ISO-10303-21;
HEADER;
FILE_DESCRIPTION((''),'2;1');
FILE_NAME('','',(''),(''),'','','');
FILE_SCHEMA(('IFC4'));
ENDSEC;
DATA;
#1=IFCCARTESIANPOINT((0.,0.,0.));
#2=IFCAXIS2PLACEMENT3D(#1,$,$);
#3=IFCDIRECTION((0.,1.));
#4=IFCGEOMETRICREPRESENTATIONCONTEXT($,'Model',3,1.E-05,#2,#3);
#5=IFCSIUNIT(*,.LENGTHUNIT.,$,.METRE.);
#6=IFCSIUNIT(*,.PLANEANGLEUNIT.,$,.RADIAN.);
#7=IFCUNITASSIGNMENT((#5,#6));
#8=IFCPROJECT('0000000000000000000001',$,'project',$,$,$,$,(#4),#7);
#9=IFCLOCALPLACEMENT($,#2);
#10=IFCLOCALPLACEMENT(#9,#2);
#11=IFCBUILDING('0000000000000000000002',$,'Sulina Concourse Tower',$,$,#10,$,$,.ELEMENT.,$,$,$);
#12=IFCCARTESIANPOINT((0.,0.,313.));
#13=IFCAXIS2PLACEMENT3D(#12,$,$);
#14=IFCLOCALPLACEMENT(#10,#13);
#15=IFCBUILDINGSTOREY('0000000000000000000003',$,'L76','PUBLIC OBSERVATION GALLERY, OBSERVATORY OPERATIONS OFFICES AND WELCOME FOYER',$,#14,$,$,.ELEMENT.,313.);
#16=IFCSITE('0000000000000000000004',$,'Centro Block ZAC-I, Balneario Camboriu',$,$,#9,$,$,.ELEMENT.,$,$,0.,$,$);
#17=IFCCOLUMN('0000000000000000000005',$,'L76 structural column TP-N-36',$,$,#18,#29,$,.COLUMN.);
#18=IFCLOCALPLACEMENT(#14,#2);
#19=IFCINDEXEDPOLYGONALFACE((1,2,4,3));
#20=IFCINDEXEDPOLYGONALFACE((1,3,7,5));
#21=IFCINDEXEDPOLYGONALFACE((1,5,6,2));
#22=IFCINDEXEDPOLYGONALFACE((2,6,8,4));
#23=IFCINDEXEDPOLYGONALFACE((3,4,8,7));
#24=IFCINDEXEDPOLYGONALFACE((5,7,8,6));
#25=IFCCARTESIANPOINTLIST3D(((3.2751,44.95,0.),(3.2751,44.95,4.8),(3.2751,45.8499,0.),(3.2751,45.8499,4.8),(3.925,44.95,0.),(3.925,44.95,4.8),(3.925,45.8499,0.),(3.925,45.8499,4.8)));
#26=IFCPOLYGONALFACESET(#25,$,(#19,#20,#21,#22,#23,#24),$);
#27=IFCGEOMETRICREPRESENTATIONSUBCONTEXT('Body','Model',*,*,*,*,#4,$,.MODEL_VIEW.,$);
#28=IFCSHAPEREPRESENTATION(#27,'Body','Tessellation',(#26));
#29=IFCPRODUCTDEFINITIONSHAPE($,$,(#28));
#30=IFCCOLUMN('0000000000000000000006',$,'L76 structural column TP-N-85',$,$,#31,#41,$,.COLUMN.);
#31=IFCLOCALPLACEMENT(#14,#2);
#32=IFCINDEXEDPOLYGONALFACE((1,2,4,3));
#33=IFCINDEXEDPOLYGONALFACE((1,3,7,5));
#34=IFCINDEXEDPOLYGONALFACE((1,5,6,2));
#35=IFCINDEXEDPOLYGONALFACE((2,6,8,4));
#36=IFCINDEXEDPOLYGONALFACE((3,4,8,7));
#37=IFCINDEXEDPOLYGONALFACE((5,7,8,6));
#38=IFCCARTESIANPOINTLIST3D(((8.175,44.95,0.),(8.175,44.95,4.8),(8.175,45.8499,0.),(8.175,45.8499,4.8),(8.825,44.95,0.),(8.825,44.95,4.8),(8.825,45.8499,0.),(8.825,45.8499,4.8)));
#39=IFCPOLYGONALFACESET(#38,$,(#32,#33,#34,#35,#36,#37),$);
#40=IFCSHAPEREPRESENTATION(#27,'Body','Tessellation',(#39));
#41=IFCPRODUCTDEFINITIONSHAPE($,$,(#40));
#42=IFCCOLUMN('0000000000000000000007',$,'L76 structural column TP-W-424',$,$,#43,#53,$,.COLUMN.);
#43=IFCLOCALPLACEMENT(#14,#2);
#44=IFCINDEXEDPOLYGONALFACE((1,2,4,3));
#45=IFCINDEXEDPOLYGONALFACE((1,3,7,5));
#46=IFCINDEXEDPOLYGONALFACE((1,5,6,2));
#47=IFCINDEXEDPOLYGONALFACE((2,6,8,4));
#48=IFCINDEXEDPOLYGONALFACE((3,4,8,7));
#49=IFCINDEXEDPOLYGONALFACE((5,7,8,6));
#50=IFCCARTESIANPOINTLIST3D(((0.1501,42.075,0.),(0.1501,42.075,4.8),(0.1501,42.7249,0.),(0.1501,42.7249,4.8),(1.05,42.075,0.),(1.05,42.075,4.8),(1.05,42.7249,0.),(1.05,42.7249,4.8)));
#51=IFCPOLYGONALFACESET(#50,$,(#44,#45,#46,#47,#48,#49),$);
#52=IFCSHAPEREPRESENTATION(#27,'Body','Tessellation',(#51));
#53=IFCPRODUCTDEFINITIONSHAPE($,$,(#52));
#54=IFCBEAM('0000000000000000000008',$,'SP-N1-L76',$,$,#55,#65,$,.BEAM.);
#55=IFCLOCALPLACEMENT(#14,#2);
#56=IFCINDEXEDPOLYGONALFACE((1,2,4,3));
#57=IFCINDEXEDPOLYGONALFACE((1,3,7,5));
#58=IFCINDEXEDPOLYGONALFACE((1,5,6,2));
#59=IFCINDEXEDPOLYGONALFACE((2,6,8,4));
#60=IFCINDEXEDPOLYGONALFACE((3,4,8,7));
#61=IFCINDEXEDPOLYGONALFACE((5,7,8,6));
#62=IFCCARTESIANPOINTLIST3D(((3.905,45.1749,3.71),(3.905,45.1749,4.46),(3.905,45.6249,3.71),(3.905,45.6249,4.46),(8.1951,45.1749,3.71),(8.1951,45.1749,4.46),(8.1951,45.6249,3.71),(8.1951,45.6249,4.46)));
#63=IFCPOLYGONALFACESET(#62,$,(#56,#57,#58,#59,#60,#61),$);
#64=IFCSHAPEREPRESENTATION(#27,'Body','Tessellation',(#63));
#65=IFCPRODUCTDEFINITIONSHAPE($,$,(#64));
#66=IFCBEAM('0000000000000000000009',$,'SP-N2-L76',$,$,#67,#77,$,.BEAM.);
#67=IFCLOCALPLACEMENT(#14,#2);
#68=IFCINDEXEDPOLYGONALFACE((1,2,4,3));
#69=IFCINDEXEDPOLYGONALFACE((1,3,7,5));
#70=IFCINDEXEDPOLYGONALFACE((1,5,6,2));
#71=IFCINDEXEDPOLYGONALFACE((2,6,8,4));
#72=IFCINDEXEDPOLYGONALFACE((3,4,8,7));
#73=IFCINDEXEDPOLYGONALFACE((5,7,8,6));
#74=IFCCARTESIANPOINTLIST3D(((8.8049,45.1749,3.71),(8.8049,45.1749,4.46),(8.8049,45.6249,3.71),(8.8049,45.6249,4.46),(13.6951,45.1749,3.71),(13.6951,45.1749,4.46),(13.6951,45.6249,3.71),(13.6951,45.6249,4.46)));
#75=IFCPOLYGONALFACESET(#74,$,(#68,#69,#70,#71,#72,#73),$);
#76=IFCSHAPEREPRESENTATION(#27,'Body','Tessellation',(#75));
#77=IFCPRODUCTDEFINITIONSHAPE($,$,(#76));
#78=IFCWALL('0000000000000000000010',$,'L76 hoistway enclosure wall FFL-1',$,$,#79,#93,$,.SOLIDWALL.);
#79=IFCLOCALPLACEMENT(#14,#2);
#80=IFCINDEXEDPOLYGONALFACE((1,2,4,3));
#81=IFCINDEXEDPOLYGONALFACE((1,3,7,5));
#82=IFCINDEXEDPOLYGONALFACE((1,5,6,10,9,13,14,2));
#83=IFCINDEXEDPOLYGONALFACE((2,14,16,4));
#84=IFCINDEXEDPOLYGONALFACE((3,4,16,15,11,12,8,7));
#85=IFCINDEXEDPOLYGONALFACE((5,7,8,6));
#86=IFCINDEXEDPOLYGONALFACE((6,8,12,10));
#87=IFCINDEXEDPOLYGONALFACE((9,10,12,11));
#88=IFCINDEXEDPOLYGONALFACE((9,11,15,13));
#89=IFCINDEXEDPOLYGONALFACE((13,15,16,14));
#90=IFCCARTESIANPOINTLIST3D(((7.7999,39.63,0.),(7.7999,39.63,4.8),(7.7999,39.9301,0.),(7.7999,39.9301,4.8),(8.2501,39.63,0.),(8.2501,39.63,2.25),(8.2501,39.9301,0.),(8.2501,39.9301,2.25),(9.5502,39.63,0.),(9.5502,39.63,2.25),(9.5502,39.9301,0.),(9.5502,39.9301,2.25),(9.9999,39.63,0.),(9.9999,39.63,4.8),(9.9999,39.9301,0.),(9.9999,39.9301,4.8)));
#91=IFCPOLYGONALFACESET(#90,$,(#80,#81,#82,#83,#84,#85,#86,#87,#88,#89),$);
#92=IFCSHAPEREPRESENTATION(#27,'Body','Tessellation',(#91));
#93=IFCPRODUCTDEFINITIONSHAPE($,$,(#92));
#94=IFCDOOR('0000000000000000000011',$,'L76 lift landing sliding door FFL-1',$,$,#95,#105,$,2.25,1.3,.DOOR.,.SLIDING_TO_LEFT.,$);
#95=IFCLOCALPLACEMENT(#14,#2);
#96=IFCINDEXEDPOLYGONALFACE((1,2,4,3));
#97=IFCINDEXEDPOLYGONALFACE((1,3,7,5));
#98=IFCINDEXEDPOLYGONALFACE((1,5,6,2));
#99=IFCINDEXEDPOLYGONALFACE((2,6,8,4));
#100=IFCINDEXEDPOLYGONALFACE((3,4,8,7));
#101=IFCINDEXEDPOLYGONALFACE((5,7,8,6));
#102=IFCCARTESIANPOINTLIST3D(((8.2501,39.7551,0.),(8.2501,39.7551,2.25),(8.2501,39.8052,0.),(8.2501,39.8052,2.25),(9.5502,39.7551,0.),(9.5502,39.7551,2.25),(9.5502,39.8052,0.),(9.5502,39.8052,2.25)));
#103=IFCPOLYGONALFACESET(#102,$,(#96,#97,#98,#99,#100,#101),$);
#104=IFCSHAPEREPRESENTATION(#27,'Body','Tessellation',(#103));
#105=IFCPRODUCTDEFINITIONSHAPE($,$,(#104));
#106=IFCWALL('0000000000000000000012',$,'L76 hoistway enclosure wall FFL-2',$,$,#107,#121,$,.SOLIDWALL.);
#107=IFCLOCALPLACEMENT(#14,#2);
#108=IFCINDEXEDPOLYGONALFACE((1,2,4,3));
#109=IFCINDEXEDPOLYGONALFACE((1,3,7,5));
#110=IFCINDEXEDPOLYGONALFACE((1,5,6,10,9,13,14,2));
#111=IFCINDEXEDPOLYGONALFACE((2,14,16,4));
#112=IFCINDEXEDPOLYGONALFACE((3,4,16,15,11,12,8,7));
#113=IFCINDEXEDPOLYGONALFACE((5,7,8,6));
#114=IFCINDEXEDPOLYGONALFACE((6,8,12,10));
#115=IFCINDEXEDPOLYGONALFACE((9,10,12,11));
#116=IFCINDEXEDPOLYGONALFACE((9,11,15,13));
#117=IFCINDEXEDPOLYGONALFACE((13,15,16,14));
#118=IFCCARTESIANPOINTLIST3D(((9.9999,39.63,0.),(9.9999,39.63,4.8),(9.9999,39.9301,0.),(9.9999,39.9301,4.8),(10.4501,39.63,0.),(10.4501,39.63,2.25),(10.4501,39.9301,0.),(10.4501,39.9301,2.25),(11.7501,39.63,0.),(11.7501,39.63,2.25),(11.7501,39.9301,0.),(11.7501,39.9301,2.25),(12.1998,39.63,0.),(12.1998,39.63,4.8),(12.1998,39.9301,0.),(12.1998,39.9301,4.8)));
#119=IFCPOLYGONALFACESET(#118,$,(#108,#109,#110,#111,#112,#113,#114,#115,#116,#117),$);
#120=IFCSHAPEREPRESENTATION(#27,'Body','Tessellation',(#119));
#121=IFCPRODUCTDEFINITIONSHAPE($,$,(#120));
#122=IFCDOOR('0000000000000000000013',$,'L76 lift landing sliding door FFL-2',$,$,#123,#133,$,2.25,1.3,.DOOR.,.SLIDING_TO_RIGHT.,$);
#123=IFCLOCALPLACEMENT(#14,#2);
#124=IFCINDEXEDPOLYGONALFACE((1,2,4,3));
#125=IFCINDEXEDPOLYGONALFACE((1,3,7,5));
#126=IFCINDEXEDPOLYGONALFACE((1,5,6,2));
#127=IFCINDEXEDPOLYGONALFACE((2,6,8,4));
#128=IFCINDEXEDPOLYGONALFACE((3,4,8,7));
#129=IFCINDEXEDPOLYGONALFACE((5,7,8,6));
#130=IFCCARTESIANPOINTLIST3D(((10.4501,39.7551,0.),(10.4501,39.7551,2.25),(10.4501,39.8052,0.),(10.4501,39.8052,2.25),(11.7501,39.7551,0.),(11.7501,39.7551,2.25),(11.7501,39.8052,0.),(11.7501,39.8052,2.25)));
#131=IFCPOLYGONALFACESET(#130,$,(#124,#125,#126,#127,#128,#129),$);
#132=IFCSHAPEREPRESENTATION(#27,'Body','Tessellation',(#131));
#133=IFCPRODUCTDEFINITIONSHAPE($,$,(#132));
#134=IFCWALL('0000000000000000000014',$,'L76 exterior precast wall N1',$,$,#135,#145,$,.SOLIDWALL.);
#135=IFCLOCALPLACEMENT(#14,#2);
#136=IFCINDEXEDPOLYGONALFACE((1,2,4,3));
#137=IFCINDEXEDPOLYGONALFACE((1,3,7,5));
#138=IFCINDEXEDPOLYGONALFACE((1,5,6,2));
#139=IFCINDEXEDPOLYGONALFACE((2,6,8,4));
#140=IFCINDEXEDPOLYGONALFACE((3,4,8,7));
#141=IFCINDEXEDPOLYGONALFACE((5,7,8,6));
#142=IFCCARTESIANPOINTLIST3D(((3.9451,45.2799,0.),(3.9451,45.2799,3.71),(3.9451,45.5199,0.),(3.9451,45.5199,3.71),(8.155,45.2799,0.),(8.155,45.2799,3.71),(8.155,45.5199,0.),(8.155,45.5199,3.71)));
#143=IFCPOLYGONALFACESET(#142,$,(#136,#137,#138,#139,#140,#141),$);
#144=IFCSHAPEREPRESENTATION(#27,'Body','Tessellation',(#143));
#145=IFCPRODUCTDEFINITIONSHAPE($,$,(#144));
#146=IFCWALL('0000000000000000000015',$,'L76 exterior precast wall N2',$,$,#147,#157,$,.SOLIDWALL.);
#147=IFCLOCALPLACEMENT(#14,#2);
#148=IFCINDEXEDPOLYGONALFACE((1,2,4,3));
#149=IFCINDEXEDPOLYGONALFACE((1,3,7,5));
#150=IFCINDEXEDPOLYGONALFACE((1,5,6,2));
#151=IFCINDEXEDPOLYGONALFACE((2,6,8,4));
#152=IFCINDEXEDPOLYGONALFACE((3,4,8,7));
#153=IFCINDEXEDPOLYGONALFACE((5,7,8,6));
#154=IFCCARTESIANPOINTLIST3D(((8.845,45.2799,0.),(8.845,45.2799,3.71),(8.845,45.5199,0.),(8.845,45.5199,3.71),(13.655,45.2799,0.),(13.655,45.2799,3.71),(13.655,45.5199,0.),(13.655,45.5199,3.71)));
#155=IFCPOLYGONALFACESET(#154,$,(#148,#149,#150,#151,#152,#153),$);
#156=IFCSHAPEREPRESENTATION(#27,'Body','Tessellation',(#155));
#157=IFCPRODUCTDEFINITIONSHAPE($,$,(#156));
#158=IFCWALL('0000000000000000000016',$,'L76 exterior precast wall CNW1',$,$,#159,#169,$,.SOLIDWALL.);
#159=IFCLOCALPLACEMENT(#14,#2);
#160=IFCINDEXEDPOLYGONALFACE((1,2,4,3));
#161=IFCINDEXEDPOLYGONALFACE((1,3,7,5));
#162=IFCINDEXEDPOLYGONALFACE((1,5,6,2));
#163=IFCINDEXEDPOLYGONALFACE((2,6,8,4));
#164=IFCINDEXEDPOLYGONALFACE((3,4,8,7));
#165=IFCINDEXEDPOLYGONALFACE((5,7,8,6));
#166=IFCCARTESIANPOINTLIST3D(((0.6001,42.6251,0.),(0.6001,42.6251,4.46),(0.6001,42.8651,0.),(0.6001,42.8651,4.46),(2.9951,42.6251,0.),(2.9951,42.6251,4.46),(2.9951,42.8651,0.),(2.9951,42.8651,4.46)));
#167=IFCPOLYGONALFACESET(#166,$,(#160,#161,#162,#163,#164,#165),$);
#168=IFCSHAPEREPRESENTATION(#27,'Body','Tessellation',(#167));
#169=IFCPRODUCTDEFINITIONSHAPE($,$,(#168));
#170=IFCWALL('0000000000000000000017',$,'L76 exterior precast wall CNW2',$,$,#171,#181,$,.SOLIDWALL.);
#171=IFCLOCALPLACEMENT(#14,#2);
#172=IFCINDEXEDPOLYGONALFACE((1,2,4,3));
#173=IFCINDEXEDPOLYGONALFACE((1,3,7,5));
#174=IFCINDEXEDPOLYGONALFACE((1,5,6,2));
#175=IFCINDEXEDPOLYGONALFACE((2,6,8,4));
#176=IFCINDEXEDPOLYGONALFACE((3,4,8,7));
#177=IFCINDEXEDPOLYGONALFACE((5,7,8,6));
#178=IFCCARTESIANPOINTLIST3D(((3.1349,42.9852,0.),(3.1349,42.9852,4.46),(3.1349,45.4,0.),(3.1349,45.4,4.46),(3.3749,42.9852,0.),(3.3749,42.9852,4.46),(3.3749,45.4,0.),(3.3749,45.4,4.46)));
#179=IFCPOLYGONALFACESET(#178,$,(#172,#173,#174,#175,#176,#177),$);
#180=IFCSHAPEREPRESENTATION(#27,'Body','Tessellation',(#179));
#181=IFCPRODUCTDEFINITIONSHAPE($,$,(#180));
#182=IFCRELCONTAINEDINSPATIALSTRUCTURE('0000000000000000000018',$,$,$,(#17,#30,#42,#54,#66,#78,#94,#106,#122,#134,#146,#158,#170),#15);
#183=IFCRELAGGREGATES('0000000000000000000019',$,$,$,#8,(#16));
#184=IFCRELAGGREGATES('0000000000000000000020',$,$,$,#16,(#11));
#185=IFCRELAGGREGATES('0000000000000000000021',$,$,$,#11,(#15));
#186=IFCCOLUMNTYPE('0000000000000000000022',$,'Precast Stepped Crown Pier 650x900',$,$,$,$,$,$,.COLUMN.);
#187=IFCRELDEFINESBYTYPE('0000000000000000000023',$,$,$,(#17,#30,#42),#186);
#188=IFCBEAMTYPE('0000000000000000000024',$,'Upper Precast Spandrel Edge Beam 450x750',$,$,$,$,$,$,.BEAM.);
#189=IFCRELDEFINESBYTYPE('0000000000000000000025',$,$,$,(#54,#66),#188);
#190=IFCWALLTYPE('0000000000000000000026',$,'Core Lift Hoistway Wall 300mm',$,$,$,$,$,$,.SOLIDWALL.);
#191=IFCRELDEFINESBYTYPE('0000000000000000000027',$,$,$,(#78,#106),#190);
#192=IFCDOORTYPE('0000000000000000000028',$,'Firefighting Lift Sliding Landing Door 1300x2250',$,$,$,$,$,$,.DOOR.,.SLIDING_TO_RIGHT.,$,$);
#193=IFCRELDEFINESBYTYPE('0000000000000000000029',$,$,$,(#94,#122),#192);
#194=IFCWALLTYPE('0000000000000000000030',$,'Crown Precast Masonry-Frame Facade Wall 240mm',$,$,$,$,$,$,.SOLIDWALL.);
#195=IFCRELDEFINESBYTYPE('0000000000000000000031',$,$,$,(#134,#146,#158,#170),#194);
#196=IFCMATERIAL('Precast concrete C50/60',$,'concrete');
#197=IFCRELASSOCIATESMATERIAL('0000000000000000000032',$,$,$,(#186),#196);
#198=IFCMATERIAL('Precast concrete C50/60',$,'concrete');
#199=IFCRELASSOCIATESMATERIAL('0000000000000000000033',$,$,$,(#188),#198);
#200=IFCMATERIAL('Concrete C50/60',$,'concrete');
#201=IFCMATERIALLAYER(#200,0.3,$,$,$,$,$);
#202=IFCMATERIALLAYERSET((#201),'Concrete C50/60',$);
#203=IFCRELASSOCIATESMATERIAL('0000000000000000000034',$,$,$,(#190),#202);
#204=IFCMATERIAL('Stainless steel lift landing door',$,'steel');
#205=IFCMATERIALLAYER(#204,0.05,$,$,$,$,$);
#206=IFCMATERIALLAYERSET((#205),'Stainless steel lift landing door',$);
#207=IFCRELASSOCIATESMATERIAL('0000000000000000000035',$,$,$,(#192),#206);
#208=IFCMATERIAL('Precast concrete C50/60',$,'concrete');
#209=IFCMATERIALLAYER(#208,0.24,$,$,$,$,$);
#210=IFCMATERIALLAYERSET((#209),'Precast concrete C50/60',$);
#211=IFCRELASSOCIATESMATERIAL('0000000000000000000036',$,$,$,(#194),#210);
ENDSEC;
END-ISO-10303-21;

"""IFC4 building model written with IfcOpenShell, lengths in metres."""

from ifc_helpers import new_model, si_unit, direction, frame, frame_2d, origin, origin_2d, place, context, subcontext, project, spatial, rectangle, extrude, material, layer, layer_set, material_profile, profile_set, type_object, element, fill, save


model = new_model("IFC4")

# Units and contexts
model_context = context("Model", 3, precision=1e-05, world=origin(), true_north=direction((0.0, 1.0)))
body_context = subcontext(model_context, "Body", "Model", "MODEL_VIEW")
ifc_project = project(units=[si_unit("LENGTHUNIT", "METRE"), si_unit("PLANEANGLEUNIT", "RADIAN")], contexts=[model_context])

# Site, building, storey
site_placement = place(None, origin())
site = spatial("IfcSite", under=ifc_project, at=site_placement, Name="Centro Block ZAC-I, Balneario Camboriu", CompositionType="ELEMENT", RefElevation=0.0)
building_placement = place(site_placement, origin())
building = spatial("IfcBuilding", under=site, at=building_placement, Name="Sulina Concourse Tower", CompositionType="ELEMENT")
storey_placement = place(building_placement, frame((0.0, 0.0, 313.0)))
storey = spatial("IfcBuildingStorey", under=building, at=storey_placement, Name="L76", Description="PUBLIC OBSERVATION GALLERY, OBSERVATORY OPERATIONS OFFICES AND WELCOME FOYER", CompositionType="ELEMENT", Elevation=313.0)

# Columns
ifc_material_1 = material(Name="Precast concrete C50/60", Category="concrete")
ifc_material_profile_1 = material_profile(ifc_material_1, rectangle(XDim=0.6499, YDim=0.8999, at=origin_2d()), Name="PC 650x900")
ifc_profile_set_1 = profile_set([ifc_material_profile_1], Name="Precast concrete C50/60")
column_type = type_object("IfcColumnType", Name="Precast Stepped Crown Pier 650x900", PredefinedType="COLUMN", material=ifc_profile_set_1)
for number, where, z_axis, x_axis, name in (
    (1, (3.6001, 45.3999, 0.0), (0.0, 0.0, 1.0), (1.0, 0.0, 0.0), "L76 structural column TP-N-36"),
    (2, (8.5, 45.3999, 0.0), (0.0, 0.0, 1.0), (1.0, 0.0, 0.0), "L76 structural column TP-N-85"),
    (3, (0.6001, 42.3999, 0.0), (0.0, 0.0, 1.0), (0.0, 1.0, 0.0), "L76 structural column TP-W-424"),
):
    element("IfcColumn", number, at=place(storey_placement, frame(where, z_axis=z_axis, x_axis=x_axis)), inside=storey, type_object=column_type, Name=name, PredefinedType="COLUMN", context=body_context, shape_type="SweptSolid", body=[
        extrude(rectangle(XDim=0.6499, YDim=0.8999, at=origin_2d()), origin(), (0.0, 0.0, 1.0), 4.8),
    ])

# Beams
ifc_material_2 = material(Name="Precast concrete C50/60", Category="concrete")
ifc_material_profile_2 = material_profile(ifc_material_2, rectangle(XDim=0.45, YDim=0.75, at=origin_2d()), Name="RC 450x750")
ifc_profile_set_2 = profile_set([ifc_material_profile_2], Name="Precast concrete C50/60")
beam_type = type_object("IfcBeamType", Name="Upper Precast Spandrel Edge Beam 450x750", PredefinedType="BEAM", material=ifc_profile_set_2)
beam_1_placement = place(storey_placement, frame((3.905, 45.3999, 4.085), z_axis=(1.0, 0.0, 0.0), x_axis=(0.0, 1.0, 0.0)))
element("IfcBeam", 4, at=beam_1_placement, inside=storey, type_object=beam_type, Name="SP-N1-L76", PredefinedType="BEAM", context=body_context, shape_type="SweptSolid", body=[
    extrude(rectangle(XDim=0.45, YDim=0.75, at=origin_2d()), origin(), (0.0, 0.0, 1.0), 4.29),
])
beam_2_placement = place(storey_placement, frame((8.8049, 45.3999, 4.085), z_axis=(1.0, 0.0, 0.0), x_axis=(0.0, 1.0, 0.0)))
element("IfcBeam", 5, at=beam_2_placement, inside=storey, type_object=beam_type, Name="SP-N2-L76", PredefinedType="BEAM", context=body_context, shape_type="SweptSolid", body=[
    extrude(rectangle(XDim=0.45, YDim=0.75, at=origin_2d()), origin(), (0.0, 0.0, 1.0), 4.8901),
])

# Walls, openings, doors
ifc_material_3 = material(Name="Concrete C50/60", Category="concrete")
ifc_layer_1 = layer(ifc_material_3, 0.3)
ifc_layer_set_1 = layer_set([ifc_layer_1], Name="Concrete C50/60")
wall_type_1 = type_object("IfcWallType", Name="Core Lift Hoistway Wall 300mm", PredefinedType="SOLIDWALL", material=ifc_layer_set_1)
wall_1_placement = place(storey_placement, frame((10.0, 39.78, 0.0), z_axis=(0.0, 0.0, 1.0), x_axis=(-1.0, 0.0, 0.0)))
wall_1 = element("IfcWall", 6, at=wall_1_placement, inside=storey, type_object=wall_type_1, Name="L76 hoistway enclosure wall FFL-1", PredefinedType="SOLIDWALL", context=body_context, shape_type="SweptSolid", body=[
    extrude(rectangle(XDim=2.2, YDim=0.3, at=frame_2d((1.1001, 0.0))), origin(), (0.0, 0.0, 1.0), 4.8),
])
opening_1_placement = place(wall_1_placement, frame((0.45, 0.0, 0.0)))
opening_1 = element("IfcOpeningElement", 7, at=opening_1_placement, cuts=wall_1, PredefinedType="OPENING", context=body_context, shape_type="SweptSolid", body=[
    extrude(rectangle(XDim=1.3, YDim=2.25, at=frame_2d((0.6499, 1.125))), frame((0.0, 0.1599, 0.0), z_axis=(0.0, -1.0, 0.0), x_axis=(1.0, 0.0, 0.0)), (0.0, 0.0, 1.0), 0.3201),
])
ifc_material_4 = material(Name="Stainless steel lift landing door", Category="steel")
ifc_layer_2 = layer(ifc_material_4, 0.05)
ifc_layer_set_2 = layer_set([ifc_layer_2], Name="Stainless steel lift landing door")
door_type_1 = type_object("IfcDoorType", Name="Firefighting Lift Sliding Landing Door 1300x2250", OperationType="SLIDING_TO_RIGHT", PredefinedType="DOOR", material=ifc_layer_set_2)
door_1_placement = place(opening_1_placement, origin())
door_1 = element("IfcDoor", 8, at=door_1_placement, inside=storey, type_object=door_type_1, Name="L76 lift landing sliding door FFL-1", OperationType="SLIDING_TO_LEFT", OverallHeight=2.25, OverallWidth=1.3, PredefinedType="DOOR", context=body_context, shape_type="SweptSolid", body=[
    extrude(rectangle(XDim=1.3, YDim=2.25, at=frame_2d((0.6499, 1.125))), frame((0.0, 0.0249, 0.0), z_axis=(0.0, -1.0, 0.0), x_axis=(1.0, 0.0, 0.0)), (0.0, 0.0, 1.0), 0.05),
])
fill(opening_1, door_1)
wall_2_placement = place(storey_placement, frame((12.2, 39.78, 0.0), z_axis=(0.0, 0.0, 1.0), x_axis=(-1.0, 0.0, 0.0)))
wall_2 = element("IfcWall", 9, at=wall_2_placement, inside=storey, type_object=wall_type_1, Name="L76 hoistway enclosure wall FFL-2", PredefinedType="SOLIDWALL", context=body_context, shape_type="SweptSolid", body=[
    extrude(rectangle(XDim=2.2, YDim=0.3, at=frame_2d((1.1001, 0.0))), origin(), (0.0, 0.0, 1.0), 4.8),
])
opening_2_placement = place(wall_2_placement, frame((0.45, 0.0, 0.0)))
opening_2 = element("IfcOpeningElement", 10, at=opening_2_placement, cuts=wall_2, PredefinedType="OPENING", context=body_context, shape_type="SweptSolid", body=[
    extrude(rectangle(XDim=1.3, YDim=2.25, at=frame_2d((0.6499, 1.125))), frame((0.0, 0.1599, 0.0), z_axis=(0.0, -1.0, 0.0), x_axis=(1.0, 0.0, 0.0)), (0.0, 0.0, 1.0), 0.3201),
])
door_2_placement = place(opening_2_placement, origin())
door_2 = element("IfcDoor", 11, at=door_2_placement, inside=storey, type_object=door_type_1, Name="L76 lift landing sliding door FFL-2", OperationType="SLIDING_TO_RIGHT", OverallHeight=2.25, OverallWidth=1.3, PredefinedType="DOOR", context=body_context, shape_type="SweptSolid", body=[
    extrude(rectangle(XDim=1.3, YDim=2.25, at=frame_2d((0.6499, 1.125))), frame((0.0, 0.0249, 0.0), z_axis=(0.0, -1.0, 0.0), x_axis=(1.0, 0.0, 0.0)), (0.0, 0.0, 1.0), 0.05),
])
fill(opening_2, door_2)

# Walls
ifc_material_5 = material(Name="Precast concrete C50/60", Category="concrete")
ifc_layer_3 = layer(ifc_material_5, 0.24)
ifc_layer_set_3 = layer_set([ifc_layer_3], Name="Precast concrete C50/60")
wall_type_2 = type_object("IfcWallType", Name="Crown Precast Masonry-Frame Facade Wall 240mm", PredefinedType="SOLIDWALL", material=ifc_layer_set_3)
wall_3_placement = place(storey_placement, frame((3.9451, 45.3999, 0.0), z_axis=(0.0, 0.0, 1.0), x_axis=(1.0, 0.0, 0.0)))
element("IfcWall", 12, at=wall_3_placement, inside=storey, type_object=wall_type_2, Name="L76 exterior precast wall N1", PredefinedType="SOLIDWALL", context=body_context, shape_type="SweptSolid", body=[
    extrude(rectangle(XDim=4.21, YDim=0.24, at=frame_2d((2.105, 0.0))), origin(), (0.0, 0.0, 1.0), 3.71),
])
wall_4_placement = place(storey_placement, frame((8.845, 45.3999, 0.0), z_axis=(0.0, 0.0, 1.0), x_axis=(1.0, 0.0, 0.0)))
element("IfcWall", 13, at=wall_4_placement, inside=storey, type_object=wall_type_2, Name="L76 exterior precast wall N2", PredefinedType="SOLIDWALL", context=body_context, shape_type="SweptSolid", body=[
    extrude(rectangle(XDim=4.8101, YDim=0.24, at=frame_2d((2.405, 0.0))), origin(), (0.0, 0.0, 1.0), 3.71),
])
wall_5_placement = place(storey_placement, frame((0.6001, 42.7451, 0.0), z_axis=(0.0, 0.0, 1.0), x_axis=(1.0, 0.0, 0.0)))
element("IfcWall", 14, at=wall_5_placement, inside=storey, type_object=wall_type_2, Name="L76 exterior precast wall CNW1", PredefinedType="SOLIDWALL", context=body_context, shape_type="SweptSolid", body=[
    extrude(rectangle(XDim=2.395, YDim=0.24, at=frame_2d((1.1975, 0.0))), origin(), (0.0, 0.0, 1.0), 4.46),
])
wall_6_placement = place(storey_placement, frame((3.2549, 42.9851, 0.0), z_axis=(0.0, 0.0, 1.0), x_axis=(0.0, 1.0, 0.0)))
element("IfcWall", 15, at=wall_6_placement, inside=storey, type_object=wall_type_2, Name="L76 exterior precast wall CNW2", PredefinedType="SOLIDWALL", context=body_context, shape_type="SweptSolid", body=[
    extrude(rectangle(XDim=2.4148, YDim=0.24, at=frame_2d((1.2075, 0.0))), origin(), (0.0, 0.0, 1.0), 4.46),
])

save(model, "model.ifc")
